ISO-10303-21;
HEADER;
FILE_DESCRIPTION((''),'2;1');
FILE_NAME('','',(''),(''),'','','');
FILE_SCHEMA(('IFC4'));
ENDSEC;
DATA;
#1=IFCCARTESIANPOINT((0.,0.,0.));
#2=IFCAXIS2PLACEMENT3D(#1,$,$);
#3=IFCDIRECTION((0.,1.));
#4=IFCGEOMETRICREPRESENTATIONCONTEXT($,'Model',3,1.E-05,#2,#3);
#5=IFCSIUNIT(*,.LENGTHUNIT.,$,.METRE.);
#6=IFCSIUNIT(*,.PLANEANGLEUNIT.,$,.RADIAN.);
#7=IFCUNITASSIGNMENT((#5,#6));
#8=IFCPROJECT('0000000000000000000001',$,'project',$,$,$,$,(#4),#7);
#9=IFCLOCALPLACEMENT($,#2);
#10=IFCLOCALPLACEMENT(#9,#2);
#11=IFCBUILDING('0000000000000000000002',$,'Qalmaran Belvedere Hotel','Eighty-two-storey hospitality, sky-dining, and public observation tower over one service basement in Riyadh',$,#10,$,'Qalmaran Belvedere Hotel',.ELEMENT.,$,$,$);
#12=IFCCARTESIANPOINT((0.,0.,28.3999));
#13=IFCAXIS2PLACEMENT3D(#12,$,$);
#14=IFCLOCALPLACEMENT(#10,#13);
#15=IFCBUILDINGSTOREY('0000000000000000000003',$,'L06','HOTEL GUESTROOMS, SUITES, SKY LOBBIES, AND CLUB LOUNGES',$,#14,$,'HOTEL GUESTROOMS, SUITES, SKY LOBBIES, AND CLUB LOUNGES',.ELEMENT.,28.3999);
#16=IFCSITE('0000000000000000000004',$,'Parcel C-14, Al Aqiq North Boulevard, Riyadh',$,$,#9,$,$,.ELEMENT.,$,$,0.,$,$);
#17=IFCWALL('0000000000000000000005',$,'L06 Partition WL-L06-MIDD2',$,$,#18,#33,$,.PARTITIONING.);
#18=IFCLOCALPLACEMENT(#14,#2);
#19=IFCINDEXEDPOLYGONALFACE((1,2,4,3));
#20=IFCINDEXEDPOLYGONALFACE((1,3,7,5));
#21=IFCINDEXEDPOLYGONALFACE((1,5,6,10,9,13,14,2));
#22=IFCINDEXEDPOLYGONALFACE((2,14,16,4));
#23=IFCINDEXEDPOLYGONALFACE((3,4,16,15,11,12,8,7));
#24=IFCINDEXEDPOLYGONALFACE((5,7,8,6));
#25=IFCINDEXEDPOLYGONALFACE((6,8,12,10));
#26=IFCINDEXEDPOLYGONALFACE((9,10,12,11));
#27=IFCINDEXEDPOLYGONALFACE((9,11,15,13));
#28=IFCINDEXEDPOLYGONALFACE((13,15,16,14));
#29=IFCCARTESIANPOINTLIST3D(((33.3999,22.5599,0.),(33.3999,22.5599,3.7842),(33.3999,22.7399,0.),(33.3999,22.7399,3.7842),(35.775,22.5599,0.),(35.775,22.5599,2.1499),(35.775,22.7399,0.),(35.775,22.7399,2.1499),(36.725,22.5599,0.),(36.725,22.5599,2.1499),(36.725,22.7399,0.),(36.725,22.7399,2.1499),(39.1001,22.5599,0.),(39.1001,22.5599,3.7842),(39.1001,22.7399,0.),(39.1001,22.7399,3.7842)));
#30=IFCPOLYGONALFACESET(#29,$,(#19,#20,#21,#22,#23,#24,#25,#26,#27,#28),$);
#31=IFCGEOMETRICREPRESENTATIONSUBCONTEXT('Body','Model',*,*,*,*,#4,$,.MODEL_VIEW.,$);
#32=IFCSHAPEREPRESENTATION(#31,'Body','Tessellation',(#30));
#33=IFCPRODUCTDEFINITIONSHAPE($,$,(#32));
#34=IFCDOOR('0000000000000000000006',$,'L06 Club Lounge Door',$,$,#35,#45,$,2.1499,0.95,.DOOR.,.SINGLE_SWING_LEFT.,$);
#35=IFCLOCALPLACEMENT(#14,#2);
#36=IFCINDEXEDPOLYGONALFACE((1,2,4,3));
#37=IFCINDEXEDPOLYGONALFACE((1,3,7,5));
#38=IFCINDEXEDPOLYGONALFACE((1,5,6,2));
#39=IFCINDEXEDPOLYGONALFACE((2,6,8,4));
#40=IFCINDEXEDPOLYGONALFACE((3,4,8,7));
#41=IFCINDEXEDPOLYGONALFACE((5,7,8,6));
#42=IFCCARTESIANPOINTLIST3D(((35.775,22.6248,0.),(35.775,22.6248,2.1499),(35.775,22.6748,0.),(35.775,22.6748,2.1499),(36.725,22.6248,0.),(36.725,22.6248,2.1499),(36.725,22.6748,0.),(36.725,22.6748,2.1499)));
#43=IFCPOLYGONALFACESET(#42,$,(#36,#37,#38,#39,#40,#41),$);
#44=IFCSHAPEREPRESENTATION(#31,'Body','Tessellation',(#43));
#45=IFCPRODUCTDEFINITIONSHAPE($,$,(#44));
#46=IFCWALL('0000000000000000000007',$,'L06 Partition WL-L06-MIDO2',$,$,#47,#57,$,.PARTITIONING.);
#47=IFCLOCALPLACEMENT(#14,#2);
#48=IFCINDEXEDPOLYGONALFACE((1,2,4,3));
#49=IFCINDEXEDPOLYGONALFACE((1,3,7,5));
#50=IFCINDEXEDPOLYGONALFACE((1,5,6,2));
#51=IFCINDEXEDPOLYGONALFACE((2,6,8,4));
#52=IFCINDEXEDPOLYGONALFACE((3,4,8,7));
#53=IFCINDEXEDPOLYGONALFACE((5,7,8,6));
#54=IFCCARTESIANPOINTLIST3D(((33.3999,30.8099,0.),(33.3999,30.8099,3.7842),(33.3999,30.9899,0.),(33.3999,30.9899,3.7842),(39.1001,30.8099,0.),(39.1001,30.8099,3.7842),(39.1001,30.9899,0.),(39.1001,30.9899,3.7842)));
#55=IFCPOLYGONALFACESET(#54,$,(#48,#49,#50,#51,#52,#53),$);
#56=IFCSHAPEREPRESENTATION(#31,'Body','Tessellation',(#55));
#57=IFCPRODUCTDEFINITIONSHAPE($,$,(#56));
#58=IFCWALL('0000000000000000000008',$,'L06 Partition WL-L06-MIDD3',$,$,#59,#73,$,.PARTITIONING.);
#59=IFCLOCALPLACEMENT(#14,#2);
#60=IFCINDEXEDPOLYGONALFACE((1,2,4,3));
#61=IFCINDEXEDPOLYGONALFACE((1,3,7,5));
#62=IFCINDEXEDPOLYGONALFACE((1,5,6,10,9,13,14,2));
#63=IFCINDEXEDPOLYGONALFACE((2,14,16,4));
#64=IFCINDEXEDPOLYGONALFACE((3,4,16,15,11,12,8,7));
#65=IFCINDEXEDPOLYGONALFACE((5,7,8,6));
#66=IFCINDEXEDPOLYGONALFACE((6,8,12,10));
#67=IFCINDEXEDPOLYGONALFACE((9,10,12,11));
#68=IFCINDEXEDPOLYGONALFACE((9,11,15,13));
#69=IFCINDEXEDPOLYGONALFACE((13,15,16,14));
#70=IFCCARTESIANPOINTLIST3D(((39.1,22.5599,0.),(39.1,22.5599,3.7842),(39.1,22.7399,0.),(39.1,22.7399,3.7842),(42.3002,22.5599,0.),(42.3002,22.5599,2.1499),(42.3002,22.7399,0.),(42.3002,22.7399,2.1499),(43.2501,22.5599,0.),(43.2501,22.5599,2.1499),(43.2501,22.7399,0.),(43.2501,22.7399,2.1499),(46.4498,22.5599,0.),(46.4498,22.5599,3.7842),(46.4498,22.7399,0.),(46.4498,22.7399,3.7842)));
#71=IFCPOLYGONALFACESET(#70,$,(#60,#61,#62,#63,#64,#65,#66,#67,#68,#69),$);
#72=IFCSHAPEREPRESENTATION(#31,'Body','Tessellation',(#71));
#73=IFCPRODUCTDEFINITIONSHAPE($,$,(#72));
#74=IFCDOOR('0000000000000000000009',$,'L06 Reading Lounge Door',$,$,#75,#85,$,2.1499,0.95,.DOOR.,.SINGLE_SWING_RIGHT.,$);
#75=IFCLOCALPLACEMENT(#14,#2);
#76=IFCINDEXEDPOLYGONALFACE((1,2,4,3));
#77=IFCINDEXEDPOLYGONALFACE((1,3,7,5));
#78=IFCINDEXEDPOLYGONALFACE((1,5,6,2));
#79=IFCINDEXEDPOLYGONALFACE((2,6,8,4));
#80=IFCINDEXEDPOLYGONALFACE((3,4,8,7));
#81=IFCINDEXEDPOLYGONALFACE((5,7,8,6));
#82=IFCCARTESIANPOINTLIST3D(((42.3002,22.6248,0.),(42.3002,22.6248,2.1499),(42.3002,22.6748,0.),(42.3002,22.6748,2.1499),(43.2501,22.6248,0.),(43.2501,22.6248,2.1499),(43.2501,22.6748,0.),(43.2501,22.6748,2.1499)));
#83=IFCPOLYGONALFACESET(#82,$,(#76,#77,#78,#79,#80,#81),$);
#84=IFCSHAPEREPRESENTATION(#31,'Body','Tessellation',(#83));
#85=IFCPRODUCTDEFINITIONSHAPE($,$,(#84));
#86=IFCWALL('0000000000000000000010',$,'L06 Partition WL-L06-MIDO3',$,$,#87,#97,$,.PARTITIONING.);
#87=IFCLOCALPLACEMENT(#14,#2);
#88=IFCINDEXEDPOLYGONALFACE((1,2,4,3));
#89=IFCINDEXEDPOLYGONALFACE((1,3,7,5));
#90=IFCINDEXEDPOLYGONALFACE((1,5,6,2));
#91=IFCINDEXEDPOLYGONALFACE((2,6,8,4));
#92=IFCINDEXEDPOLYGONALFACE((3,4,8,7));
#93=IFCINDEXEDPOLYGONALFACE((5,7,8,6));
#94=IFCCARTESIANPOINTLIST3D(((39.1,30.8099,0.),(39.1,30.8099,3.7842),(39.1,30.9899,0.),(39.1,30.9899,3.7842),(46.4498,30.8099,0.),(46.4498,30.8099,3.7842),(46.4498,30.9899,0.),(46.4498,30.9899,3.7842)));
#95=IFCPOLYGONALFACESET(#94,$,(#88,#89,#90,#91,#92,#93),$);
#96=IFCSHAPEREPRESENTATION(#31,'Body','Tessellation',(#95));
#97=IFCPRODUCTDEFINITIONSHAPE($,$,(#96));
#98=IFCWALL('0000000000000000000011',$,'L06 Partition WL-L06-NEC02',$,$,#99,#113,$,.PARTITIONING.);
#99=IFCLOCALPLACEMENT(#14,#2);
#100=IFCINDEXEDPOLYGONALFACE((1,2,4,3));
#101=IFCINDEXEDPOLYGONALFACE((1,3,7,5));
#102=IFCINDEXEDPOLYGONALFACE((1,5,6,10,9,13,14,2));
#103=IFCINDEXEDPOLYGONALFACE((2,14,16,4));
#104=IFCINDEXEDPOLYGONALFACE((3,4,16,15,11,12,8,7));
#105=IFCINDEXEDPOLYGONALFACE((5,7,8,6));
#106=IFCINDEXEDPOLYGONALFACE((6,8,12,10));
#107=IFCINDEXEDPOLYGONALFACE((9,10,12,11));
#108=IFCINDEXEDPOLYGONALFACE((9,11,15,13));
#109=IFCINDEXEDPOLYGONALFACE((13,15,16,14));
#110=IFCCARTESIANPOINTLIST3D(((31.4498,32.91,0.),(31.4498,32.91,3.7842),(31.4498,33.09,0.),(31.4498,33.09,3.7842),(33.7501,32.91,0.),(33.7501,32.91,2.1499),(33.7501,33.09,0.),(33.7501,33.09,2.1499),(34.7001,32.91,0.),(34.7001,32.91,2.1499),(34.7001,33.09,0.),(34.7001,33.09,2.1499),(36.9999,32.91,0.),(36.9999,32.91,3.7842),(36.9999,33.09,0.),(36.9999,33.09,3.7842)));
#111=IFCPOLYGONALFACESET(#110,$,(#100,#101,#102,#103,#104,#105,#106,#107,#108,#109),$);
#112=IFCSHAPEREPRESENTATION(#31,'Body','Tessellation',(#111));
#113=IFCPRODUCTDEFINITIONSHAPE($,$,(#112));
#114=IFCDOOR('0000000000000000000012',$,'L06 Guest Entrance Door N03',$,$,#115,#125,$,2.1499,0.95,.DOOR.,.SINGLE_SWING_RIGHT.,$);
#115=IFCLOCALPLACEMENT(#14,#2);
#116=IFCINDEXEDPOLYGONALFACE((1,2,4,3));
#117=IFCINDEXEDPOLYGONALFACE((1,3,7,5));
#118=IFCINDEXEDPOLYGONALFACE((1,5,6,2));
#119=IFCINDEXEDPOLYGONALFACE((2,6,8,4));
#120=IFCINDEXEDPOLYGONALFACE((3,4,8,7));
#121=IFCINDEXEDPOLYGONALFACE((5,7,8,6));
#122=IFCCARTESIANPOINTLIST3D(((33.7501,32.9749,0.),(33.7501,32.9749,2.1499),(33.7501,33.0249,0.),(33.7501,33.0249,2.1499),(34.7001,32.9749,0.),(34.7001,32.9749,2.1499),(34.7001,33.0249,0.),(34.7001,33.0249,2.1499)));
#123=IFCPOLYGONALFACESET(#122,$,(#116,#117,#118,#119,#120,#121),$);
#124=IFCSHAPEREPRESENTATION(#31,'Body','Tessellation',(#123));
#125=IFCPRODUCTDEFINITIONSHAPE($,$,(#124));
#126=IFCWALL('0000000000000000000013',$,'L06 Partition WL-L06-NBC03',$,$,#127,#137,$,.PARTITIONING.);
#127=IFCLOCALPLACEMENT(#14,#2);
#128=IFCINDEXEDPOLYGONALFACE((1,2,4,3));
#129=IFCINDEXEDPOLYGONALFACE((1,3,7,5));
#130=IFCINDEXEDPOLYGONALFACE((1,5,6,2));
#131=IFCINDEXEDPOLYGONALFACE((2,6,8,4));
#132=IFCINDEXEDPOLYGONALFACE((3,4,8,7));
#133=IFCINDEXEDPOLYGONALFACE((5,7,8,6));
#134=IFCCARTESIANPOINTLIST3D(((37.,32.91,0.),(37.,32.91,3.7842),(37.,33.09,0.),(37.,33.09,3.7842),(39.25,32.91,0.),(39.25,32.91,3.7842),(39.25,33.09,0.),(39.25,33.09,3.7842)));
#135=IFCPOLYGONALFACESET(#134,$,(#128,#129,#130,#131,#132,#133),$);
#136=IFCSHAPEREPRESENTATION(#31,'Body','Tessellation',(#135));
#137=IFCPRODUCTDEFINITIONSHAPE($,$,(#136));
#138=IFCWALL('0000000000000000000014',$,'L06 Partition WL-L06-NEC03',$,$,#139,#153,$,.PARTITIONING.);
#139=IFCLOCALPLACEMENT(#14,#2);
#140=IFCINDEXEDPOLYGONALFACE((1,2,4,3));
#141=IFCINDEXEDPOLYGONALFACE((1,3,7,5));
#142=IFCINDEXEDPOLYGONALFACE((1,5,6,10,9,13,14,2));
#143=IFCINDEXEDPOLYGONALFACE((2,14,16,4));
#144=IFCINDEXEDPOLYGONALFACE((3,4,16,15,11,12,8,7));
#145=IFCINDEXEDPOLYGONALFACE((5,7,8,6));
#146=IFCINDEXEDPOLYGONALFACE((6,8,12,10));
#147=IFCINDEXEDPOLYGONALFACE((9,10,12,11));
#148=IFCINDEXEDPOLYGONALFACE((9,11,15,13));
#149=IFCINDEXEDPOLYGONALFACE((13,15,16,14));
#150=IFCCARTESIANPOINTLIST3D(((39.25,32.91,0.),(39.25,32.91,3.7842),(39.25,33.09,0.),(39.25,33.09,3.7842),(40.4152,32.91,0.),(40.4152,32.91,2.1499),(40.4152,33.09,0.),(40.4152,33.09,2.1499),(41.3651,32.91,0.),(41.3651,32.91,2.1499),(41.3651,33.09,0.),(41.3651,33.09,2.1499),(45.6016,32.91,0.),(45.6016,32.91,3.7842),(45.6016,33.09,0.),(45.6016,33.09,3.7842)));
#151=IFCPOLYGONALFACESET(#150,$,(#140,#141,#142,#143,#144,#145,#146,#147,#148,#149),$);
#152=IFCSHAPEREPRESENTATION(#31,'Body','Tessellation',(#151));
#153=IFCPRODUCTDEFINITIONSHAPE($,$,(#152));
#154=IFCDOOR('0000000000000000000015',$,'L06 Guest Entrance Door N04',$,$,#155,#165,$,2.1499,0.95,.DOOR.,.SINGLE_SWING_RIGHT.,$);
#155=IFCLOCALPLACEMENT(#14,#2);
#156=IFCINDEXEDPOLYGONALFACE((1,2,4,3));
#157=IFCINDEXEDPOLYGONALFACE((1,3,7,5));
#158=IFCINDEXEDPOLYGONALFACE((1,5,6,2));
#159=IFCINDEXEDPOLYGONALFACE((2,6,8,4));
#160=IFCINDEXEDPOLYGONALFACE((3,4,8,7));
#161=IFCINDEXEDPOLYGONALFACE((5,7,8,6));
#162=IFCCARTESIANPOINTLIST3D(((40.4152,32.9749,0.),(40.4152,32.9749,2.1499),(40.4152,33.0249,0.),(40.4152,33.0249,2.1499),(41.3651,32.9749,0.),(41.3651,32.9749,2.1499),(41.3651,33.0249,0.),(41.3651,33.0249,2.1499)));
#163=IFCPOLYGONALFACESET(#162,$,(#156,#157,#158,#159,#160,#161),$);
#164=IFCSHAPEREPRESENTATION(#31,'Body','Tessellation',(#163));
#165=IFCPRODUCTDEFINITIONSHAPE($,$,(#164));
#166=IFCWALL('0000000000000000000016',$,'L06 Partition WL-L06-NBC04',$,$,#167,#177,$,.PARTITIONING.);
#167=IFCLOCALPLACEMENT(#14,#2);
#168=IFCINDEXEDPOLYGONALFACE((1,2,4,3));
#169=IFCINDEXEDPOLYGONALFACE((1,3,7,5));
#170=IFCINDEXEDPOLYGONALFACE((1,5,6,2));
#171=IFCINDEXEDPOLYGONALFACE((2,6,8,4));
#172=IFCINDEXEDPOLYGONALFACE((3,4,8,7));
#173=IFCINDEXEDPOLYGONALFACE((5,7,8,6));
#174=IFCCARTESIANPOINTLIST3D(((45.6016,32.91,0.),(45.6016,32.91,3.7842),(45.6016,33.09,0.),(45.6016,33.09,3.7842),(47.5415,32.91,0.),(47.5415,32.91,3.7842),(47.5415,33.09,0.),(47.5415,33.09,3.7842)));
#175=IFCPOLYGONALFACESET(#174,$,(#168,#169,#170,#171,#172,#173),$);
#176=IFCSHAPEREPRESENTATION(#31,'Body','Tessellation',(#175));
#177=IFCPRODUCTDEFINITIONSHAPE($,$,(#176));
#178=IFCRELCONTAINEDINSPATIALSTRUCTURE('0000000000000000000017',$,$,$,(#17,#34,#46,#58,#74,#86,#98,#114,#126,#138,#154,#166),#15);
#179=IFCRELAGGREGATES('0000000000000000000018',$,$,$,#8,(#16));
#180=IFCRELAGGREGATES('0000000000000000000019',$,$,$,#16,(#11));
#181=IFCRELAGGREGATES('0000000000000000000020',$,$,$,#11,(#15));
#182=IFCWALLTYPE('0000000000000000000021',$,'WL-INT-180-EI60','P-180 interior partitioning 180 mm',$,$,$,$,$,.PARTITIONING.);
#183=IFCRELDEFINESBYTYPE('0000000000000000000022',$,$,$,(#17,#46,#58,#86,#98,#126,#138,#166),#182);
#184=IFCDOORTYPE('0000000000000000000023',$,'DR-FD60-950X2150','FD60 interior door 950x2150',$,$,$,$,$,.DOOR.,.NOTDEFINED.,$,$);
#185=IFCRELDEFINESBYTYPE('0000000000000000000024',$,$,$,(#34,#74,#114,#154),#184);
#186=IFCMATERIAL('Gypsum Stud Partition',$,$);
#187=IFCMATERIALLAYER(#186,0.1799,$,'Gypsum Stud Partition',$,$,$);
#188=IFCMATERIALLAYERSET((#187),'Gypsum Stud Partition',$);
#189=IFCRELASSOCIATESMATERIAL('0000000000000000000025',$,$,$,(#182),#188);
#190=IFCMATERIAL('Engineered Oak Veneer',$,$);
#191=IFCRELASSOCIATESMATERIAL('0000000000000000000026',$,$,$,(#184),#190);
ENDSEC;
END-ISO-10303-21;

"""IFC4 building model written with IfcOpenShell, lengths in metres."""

from ifc_helpers import new_model, si_unit, direction, frame, frame_2d, origin, place, context, subcontext, project, spatial, rectangle, extrude, material, layer, layer_set, type_object, element, fill, save


model = new_model("IFC4")

# Units and contexts
model_context = context("Model", 3, precision=1e-05, world=origin(), true_north=direction((0.0, 1.0)))
body_context = subcontext(model_context, "Body", "Model", "MODEL_VIEW")
ifc_project = project(units=[si_unit("LENGTHUNIT", "METRE"), si_unit("PLANEANGLEUNIT", "RADIAN")], contexts=[model_context])

# Site, building, storey
site_placement = place(None, origin())
site = spatial("IfcSite", under=ifc_project, at=site_placement, Name="Parcel C-14, Al Aqiq North Boulevard, Riyadh", CompositionType="ELEMENT", RefElevation=0.0)
building_placement = place(site_placement, origin())
building = spatial("IfcBuilding", under=site, at=building_placement, Name="Qalmaran Belvedere Hotel", Description="Eighty-two-storey hospitality, sky-dining, and public observation tower over one service basement in Riyadh", LongName="Qalmaran Belvedere Hotel", CompositionType="ELEMENT")
storey_placement = place(building_placement, frame((0.0, 0.0, 28.3999)))
storey = spatial("IfcBuildingStorey", under=building, at=storey_placement, Name="L06", Description="HOTEL GUESTROOMS, SUITES, SKY LOBBIES, AND CLUB LOUNGES", LongName="HOTEL GUESTROOMS, SUITES, SKY LOBBIES, AND CLUB LOUNGES", CompositionType="ELEMENT", Elevation=28.3999)

# Shared definitions
ifc_material_1 = material(Name="Gypsum Stud Partition")

# Wall, opening, door
ifc_layer_1 = layer(ifc_material_1, 0.1799, Name="Gypsum Stud Partition")
ifc_layer_set_1 = layer_set([ifc_layer_1], Name="Gypsum Stud Partition")
wall_type_1 = type_object("IfcWallType", Name="WL-INT-180-EI60", Description="P-180 interior partitioning 180 mm", PredefinedType="PARTITIONING", material=ifc_layer_set_1)
wall_1_placement = place(storey_placement, frame((33.3999, 22.6499, 0.0), z_axis=(0.0, 0.0, 1.0), x_axis=(1.0, 0.0, 0.0)))
wall_1 = element("IfcWall", 1, at=wall_1_placement, inside=storey, type_object=wall_type_1, Name="L06 Partition WL-L06-MIDD2", PredefinedType="PARTITIONING", context=body_context, shape_type="SweptSolid", body=[
    extrude(rectangle(XDim=5.7002, YDim=0.1799, at=frame_2d((2.8501, 0.0))), origin(), (0.0, 0.0, 1.0), 3.7842),
])
opening_1_placement = place(wall_1_placement, frame((2.375, 0.0, 0.0)))
opening_1 = element("IfcOpeningElement", 2, at=opening_1_placement, cuts=wall_1, PredefinedType="OPENING", context=body_context, shape_type="SweptSolid", body=[
    extrude(rectangle(XDim=0.95, YDim=2.1499, at=frame_2d((0.4751, 1.075))), frame((0.0, 0.1001, 0.0), z_axis=(0.0, -1.0, 0.0), x_axis=(1.0, 0.0, 0.0)), (0.0, 0.0, 1.0), 0.2),
])
ifc_material_2 = material(Name="Engineered Oak Veneer")
door_type_1 = type_object("IfcDoorType", Name="DR-FD60-950X2150", Description="FD60 interior door 950x2150", OperationType="NOTDEFINED", PredefinedType="DOOR", material=ifc_material_2)
door_1_placement = place(opening_1_placement, origin())
door_1 = element("IfcDoor", 3, at=door_1_placement, inside=storey, type_object=door_type_1, Name="L06 Club Lounge Door", OperationType="SINGLE_SWING_LEFT", OverallHeight=2.1499, OverallWidth=0.95, PredefinedType="DOOR", context=body_context, shape_type="SweptSolid", body=[
    extrude(rectangle(XDim=0.95, YDim=2.1499, at=frame_2d((0.4751, 1.075))), frame((0.0, 0.0249, 0.0), z_axis=(0.0, -1.0, 0.0), x_axis=(1.0, 0.0, 0.0)), (0.0, 0.0, 1.0), 0.05),
])
fill(opening_1, door_1)

# Wall
wall_2_placement = place(storey_placement, frame((33.3999, 30.8999, 0.0), z_axis=(0.0, 0.0, 1.0), x_axis=(1.0, 0.0, 0.0)))
element("IfcWall", 4, at=wall_2_placement, inside=storey, type_object=wall_type_1, Name="L06 Partition WL-L06-MIDO2", PredefinedType="PARTITIONING", context=body_context, shape_type="SweptSolid", body=[
    extrude(rectangle(XDim=5.7002, YDim=0.1799, at=frame_2d((2.8501, 0.0))), origin(), (0.0, 0.0, 1.0), 3.7842),
])

# Wall, opening, door
wall_3_placement = place(storey_placement, frame((39.1001, 22.6499, 0.0), z_axis=(0.0, 0.0, 1.0), x_axis=(1.0, 0.0, 0.0)))
wall_3 = element("IfcWall", 5, at=wall_3_placement, inside=storey, type_object=wall_type_1, Name="L06 Partition WL-L06-MIDD3", PredefinedType="PARTITIONING", context=body_context, shape_type="SweptSolid", body=[
    extrude(rectangle(XDim=7.3499, YDim=0.1799, at=frame_2d((3.6748, 0.0))), origin(), (0.0, 0.0, 1.0), 3.7842),
])
opening_2_placement = place(wall_3_placement, frame((3.2, 0.0, 0.0)))
opening_2 = element("IfcOpeningElement", 6, at=opening_2_placement, cuts=wall_3, PredefinedType="OPENING", context=body_context, shape_type="SweptSolid", body=[
    extrude(rectangle(XDim=0.95, YDim=2.1499, at=frame_2d((0.4751, 1.075))), frame((0.0, 0.1001, 0.0), z_axis=(0.0, -1.0, 0.0), x_axis=(1.0, 0.0, 0.0)), (0.0, 0.0, 1.0), 0.2),
])
door_2_placement = place(opening_2_placement, origin())
door_2 = element("IfcDoor", 7, at=door_2_placement, inside=storey, type_object=door_type_1, Name="L06 Reading Lounge Door", OperationType="SINGLE_SWING_RIGHT", OverallHeight=2.1499, OverallWidth=0.95, PredefinedType="DOOR", context=body_context, shape_type="SweptSolid", body=[
    extrude(rectangle(XDim=0.95, YDim=2.1499, at=frame_2d((0.4751, 1.075))), frame((0.0, 0.0249, 0.0), z_axis=(0.0, -1.0, 0.0), x_axis=(1.0, 0.0, 0.0)), (0.0, 0.0, 1.0), 0.05),
])
fill(opening_2, door_2)

# Wall
wall_4_placement = place(storey_placement, frame((39.1001, 30.8999, 0.0), z_axis=(0.0, 0.0, 1.0), x_axis=(1.0, 0.0, 0.0)))
element("IfcWall", 8, at=wall_4_placement, inside=storey, type_object=wall_type_1, Name="L06 Partition WL-L06-MIDO3", PredefinedType="PARTITIONING", context=body_context, shape_type="SweptSolid", body=[
    extrude(rectangle(XDim=7.3499, YDim=0.1799, at=frame_2d((3.6748, 0.0))), origin(), (0.0, 0.0, 1.0), 3.7842),
])

# Wall, opening, door
wall_5_placement = place(storey_placement, frame((31.45, 33.0, 0.0), z_axis=(0.0, 0.0, 1.0), x_axis=(1.0, 0.0, 0.0)))
wall_5 = element("IfcWall", 9, at=wall_5_placement, inside=storey, type_object=wall_type_1, Name="L06 Partition WL-L06-NEC02", PredefinedType="PARTITIONING", context=body_context, shape_type="SweptSolid", body=[
    extrude(rectangle(XDim=5.55, YDim=0.1799, at=frame_2d((2.7749, 0.0))), origin(), (0.0, 0.0, 1.0), 3.7842),
])
opening_3_placement = place(wall_5_placement, frame((2.3, 0.0, 0.0)))
opening_3 = element("IfcOpeningElement", 10, at=opening_3_placement, cuts=wall_5, PredefinedType="OPENING", context=body_context, shape_type="SweptSolid", body=[
    extrude(rectangle(XDim=0.95, YDim=2.1499, at=frame_2d((0.4751, 1.075))), frame((0.0, 0.1001, 0.0), z_axis=(0.0, -1.0, 0.0), x_axis=(1.0, 0.0, 0.0)), (0.0, 0.0, 1.0), 0.2),
])
door_3_placement = place(opening_3_placement, origin())
door_3 = element("IfcDoor", 11, at=door_3_placement, inside=storey, type_object=door_type_1, Name="L06 Guest Entrance Door N03", OperationType="SINGLE_SWING_RIGHT", OverallHeight=2.1499, OverallWidth=0.95, PredefinedType="DOOR", context=body_context, shape_type="SweptSolid", body=[
    extrude(rectangle(XDim=0.95, YDim=2.1499, at=frame_2d((0.4751, 1.075))), frame((0.0, 0.0249, 0.0), z_axis=(0.0, -1.0, 0.0), x_axis=(1.0, 0.0, 0.0)), (0.0, 0.0, 1.0), 0.05),
])
fill(opening_3, door_3)

# Wall
wall_6_placement = place(storey_placement, frame((37.0, 33.0, 0.0), z_axis=(0.0, 0.0, 1.0), x_axis=(1.0, 0.0, 0.0)))
element("IfcWall", 12, at=wall_6_placement, inside=storey, type_object=wall_type_1, Name="L06 Partition WL-L06-NBC03", PredefinedType="PARTITIONING", context=body_context, shape_type="SweptSolid", body=[
    extrude(rectangle(XDim=2.25, YDim=0.1799, at=frame_2d((1.125, 0.0))), origin(), (0.0, 0.0, 1.0), 3.7842),
])

# Wall, opening, door
wall_7_placement = place(storey_placement, frame((39.25, 33.0, 0.0), z_axis=(0.0, 0.0, 1.0), x_axis=(1.0, 0.0, 0.0)))
wall_7 = element("IfcWall", 13, at=wall_7_placement, inside=storey, type_object=wall_type_1, Name="L06 Partition WL-L06-NEC03", PredefinedType="PARTITIONING", context=body_context, shape_type="SweptSolid", body=[
    extrude(rectangle(XDim=6.3516, YDim=0.1799, at=frame_2d((3.1758, 0.0))), origin(), (0.0, 0.0, 1.0), 3.7842),
])
opening_4_placement = place(wall_7_placement, frame((1.165, 0.0, 0.0)))
opening_4 = element("IfcOpeningElement", 14, at=opening_4_placement, cuts=wall_7, PredefinedType="OPENING", context=body_context, shape_type="SweptSolid", body=[
    extrude(rectangle(XDim=0.95, YDim=2.1499, at=frame_2d((0.4751, 1.075))), frame((0.0, 0.1001, 0.0), z_axis=(0.0, -1.0, 0.0), x_axis=(1.0, 0.0, 0.0)), (0.0, 0.0, 1.0), 0.2),
])
door_4_placement = place(opening_4_placement, origin())
door_4 = element("IfcDoor", 15, at=door_4_placement, inside=storey, type_object=door_type_1, Name="L06 Guest Entrance Door N04", OperationType="SINGLE_SWING_RIGHT", OverallHeight=2.1499, OverallWidth=0.95, PredefinedType="DOOR", context=body_context, shape_type="SweptSolid", body=[
    extrude(rectangle(XDim=0.95, YDim=2.1499, at=frame_2d((0.4751, 1.075))), frame((0.0, 0.0249, 0.0), z_axis=(0.0, -1.0, 0.0), x_axis=(1.0, 0.0, 0.0)), (0.0, 0.0, 1.0), 0.05),
])
fill(opening_4, door_4)

# Wall
wall_8_placement = place(storey_placement, frame((45.6016, 33.0, 0.0), z_axis=(0.0, 0.0, 1.0), x_axis=(1.0, 0.0, 0.0)))
element("IfcWall", 16, at=wall_8_placement, inside=storey, type_object=wall_type_1, Name="L06 Partition WL-L06-NBC04", PredefinedType="PARTITIONING", context=body_context, shape_type="SweptSolid", body=[
    extrude(rectangle(XDim=1.9399, YDim=0.1799, at=frame_2d((0.97, 0.0))), origin(), (0.0, 0.0, 1.0), 3.7842),
])

save(model, "model.ifc")
